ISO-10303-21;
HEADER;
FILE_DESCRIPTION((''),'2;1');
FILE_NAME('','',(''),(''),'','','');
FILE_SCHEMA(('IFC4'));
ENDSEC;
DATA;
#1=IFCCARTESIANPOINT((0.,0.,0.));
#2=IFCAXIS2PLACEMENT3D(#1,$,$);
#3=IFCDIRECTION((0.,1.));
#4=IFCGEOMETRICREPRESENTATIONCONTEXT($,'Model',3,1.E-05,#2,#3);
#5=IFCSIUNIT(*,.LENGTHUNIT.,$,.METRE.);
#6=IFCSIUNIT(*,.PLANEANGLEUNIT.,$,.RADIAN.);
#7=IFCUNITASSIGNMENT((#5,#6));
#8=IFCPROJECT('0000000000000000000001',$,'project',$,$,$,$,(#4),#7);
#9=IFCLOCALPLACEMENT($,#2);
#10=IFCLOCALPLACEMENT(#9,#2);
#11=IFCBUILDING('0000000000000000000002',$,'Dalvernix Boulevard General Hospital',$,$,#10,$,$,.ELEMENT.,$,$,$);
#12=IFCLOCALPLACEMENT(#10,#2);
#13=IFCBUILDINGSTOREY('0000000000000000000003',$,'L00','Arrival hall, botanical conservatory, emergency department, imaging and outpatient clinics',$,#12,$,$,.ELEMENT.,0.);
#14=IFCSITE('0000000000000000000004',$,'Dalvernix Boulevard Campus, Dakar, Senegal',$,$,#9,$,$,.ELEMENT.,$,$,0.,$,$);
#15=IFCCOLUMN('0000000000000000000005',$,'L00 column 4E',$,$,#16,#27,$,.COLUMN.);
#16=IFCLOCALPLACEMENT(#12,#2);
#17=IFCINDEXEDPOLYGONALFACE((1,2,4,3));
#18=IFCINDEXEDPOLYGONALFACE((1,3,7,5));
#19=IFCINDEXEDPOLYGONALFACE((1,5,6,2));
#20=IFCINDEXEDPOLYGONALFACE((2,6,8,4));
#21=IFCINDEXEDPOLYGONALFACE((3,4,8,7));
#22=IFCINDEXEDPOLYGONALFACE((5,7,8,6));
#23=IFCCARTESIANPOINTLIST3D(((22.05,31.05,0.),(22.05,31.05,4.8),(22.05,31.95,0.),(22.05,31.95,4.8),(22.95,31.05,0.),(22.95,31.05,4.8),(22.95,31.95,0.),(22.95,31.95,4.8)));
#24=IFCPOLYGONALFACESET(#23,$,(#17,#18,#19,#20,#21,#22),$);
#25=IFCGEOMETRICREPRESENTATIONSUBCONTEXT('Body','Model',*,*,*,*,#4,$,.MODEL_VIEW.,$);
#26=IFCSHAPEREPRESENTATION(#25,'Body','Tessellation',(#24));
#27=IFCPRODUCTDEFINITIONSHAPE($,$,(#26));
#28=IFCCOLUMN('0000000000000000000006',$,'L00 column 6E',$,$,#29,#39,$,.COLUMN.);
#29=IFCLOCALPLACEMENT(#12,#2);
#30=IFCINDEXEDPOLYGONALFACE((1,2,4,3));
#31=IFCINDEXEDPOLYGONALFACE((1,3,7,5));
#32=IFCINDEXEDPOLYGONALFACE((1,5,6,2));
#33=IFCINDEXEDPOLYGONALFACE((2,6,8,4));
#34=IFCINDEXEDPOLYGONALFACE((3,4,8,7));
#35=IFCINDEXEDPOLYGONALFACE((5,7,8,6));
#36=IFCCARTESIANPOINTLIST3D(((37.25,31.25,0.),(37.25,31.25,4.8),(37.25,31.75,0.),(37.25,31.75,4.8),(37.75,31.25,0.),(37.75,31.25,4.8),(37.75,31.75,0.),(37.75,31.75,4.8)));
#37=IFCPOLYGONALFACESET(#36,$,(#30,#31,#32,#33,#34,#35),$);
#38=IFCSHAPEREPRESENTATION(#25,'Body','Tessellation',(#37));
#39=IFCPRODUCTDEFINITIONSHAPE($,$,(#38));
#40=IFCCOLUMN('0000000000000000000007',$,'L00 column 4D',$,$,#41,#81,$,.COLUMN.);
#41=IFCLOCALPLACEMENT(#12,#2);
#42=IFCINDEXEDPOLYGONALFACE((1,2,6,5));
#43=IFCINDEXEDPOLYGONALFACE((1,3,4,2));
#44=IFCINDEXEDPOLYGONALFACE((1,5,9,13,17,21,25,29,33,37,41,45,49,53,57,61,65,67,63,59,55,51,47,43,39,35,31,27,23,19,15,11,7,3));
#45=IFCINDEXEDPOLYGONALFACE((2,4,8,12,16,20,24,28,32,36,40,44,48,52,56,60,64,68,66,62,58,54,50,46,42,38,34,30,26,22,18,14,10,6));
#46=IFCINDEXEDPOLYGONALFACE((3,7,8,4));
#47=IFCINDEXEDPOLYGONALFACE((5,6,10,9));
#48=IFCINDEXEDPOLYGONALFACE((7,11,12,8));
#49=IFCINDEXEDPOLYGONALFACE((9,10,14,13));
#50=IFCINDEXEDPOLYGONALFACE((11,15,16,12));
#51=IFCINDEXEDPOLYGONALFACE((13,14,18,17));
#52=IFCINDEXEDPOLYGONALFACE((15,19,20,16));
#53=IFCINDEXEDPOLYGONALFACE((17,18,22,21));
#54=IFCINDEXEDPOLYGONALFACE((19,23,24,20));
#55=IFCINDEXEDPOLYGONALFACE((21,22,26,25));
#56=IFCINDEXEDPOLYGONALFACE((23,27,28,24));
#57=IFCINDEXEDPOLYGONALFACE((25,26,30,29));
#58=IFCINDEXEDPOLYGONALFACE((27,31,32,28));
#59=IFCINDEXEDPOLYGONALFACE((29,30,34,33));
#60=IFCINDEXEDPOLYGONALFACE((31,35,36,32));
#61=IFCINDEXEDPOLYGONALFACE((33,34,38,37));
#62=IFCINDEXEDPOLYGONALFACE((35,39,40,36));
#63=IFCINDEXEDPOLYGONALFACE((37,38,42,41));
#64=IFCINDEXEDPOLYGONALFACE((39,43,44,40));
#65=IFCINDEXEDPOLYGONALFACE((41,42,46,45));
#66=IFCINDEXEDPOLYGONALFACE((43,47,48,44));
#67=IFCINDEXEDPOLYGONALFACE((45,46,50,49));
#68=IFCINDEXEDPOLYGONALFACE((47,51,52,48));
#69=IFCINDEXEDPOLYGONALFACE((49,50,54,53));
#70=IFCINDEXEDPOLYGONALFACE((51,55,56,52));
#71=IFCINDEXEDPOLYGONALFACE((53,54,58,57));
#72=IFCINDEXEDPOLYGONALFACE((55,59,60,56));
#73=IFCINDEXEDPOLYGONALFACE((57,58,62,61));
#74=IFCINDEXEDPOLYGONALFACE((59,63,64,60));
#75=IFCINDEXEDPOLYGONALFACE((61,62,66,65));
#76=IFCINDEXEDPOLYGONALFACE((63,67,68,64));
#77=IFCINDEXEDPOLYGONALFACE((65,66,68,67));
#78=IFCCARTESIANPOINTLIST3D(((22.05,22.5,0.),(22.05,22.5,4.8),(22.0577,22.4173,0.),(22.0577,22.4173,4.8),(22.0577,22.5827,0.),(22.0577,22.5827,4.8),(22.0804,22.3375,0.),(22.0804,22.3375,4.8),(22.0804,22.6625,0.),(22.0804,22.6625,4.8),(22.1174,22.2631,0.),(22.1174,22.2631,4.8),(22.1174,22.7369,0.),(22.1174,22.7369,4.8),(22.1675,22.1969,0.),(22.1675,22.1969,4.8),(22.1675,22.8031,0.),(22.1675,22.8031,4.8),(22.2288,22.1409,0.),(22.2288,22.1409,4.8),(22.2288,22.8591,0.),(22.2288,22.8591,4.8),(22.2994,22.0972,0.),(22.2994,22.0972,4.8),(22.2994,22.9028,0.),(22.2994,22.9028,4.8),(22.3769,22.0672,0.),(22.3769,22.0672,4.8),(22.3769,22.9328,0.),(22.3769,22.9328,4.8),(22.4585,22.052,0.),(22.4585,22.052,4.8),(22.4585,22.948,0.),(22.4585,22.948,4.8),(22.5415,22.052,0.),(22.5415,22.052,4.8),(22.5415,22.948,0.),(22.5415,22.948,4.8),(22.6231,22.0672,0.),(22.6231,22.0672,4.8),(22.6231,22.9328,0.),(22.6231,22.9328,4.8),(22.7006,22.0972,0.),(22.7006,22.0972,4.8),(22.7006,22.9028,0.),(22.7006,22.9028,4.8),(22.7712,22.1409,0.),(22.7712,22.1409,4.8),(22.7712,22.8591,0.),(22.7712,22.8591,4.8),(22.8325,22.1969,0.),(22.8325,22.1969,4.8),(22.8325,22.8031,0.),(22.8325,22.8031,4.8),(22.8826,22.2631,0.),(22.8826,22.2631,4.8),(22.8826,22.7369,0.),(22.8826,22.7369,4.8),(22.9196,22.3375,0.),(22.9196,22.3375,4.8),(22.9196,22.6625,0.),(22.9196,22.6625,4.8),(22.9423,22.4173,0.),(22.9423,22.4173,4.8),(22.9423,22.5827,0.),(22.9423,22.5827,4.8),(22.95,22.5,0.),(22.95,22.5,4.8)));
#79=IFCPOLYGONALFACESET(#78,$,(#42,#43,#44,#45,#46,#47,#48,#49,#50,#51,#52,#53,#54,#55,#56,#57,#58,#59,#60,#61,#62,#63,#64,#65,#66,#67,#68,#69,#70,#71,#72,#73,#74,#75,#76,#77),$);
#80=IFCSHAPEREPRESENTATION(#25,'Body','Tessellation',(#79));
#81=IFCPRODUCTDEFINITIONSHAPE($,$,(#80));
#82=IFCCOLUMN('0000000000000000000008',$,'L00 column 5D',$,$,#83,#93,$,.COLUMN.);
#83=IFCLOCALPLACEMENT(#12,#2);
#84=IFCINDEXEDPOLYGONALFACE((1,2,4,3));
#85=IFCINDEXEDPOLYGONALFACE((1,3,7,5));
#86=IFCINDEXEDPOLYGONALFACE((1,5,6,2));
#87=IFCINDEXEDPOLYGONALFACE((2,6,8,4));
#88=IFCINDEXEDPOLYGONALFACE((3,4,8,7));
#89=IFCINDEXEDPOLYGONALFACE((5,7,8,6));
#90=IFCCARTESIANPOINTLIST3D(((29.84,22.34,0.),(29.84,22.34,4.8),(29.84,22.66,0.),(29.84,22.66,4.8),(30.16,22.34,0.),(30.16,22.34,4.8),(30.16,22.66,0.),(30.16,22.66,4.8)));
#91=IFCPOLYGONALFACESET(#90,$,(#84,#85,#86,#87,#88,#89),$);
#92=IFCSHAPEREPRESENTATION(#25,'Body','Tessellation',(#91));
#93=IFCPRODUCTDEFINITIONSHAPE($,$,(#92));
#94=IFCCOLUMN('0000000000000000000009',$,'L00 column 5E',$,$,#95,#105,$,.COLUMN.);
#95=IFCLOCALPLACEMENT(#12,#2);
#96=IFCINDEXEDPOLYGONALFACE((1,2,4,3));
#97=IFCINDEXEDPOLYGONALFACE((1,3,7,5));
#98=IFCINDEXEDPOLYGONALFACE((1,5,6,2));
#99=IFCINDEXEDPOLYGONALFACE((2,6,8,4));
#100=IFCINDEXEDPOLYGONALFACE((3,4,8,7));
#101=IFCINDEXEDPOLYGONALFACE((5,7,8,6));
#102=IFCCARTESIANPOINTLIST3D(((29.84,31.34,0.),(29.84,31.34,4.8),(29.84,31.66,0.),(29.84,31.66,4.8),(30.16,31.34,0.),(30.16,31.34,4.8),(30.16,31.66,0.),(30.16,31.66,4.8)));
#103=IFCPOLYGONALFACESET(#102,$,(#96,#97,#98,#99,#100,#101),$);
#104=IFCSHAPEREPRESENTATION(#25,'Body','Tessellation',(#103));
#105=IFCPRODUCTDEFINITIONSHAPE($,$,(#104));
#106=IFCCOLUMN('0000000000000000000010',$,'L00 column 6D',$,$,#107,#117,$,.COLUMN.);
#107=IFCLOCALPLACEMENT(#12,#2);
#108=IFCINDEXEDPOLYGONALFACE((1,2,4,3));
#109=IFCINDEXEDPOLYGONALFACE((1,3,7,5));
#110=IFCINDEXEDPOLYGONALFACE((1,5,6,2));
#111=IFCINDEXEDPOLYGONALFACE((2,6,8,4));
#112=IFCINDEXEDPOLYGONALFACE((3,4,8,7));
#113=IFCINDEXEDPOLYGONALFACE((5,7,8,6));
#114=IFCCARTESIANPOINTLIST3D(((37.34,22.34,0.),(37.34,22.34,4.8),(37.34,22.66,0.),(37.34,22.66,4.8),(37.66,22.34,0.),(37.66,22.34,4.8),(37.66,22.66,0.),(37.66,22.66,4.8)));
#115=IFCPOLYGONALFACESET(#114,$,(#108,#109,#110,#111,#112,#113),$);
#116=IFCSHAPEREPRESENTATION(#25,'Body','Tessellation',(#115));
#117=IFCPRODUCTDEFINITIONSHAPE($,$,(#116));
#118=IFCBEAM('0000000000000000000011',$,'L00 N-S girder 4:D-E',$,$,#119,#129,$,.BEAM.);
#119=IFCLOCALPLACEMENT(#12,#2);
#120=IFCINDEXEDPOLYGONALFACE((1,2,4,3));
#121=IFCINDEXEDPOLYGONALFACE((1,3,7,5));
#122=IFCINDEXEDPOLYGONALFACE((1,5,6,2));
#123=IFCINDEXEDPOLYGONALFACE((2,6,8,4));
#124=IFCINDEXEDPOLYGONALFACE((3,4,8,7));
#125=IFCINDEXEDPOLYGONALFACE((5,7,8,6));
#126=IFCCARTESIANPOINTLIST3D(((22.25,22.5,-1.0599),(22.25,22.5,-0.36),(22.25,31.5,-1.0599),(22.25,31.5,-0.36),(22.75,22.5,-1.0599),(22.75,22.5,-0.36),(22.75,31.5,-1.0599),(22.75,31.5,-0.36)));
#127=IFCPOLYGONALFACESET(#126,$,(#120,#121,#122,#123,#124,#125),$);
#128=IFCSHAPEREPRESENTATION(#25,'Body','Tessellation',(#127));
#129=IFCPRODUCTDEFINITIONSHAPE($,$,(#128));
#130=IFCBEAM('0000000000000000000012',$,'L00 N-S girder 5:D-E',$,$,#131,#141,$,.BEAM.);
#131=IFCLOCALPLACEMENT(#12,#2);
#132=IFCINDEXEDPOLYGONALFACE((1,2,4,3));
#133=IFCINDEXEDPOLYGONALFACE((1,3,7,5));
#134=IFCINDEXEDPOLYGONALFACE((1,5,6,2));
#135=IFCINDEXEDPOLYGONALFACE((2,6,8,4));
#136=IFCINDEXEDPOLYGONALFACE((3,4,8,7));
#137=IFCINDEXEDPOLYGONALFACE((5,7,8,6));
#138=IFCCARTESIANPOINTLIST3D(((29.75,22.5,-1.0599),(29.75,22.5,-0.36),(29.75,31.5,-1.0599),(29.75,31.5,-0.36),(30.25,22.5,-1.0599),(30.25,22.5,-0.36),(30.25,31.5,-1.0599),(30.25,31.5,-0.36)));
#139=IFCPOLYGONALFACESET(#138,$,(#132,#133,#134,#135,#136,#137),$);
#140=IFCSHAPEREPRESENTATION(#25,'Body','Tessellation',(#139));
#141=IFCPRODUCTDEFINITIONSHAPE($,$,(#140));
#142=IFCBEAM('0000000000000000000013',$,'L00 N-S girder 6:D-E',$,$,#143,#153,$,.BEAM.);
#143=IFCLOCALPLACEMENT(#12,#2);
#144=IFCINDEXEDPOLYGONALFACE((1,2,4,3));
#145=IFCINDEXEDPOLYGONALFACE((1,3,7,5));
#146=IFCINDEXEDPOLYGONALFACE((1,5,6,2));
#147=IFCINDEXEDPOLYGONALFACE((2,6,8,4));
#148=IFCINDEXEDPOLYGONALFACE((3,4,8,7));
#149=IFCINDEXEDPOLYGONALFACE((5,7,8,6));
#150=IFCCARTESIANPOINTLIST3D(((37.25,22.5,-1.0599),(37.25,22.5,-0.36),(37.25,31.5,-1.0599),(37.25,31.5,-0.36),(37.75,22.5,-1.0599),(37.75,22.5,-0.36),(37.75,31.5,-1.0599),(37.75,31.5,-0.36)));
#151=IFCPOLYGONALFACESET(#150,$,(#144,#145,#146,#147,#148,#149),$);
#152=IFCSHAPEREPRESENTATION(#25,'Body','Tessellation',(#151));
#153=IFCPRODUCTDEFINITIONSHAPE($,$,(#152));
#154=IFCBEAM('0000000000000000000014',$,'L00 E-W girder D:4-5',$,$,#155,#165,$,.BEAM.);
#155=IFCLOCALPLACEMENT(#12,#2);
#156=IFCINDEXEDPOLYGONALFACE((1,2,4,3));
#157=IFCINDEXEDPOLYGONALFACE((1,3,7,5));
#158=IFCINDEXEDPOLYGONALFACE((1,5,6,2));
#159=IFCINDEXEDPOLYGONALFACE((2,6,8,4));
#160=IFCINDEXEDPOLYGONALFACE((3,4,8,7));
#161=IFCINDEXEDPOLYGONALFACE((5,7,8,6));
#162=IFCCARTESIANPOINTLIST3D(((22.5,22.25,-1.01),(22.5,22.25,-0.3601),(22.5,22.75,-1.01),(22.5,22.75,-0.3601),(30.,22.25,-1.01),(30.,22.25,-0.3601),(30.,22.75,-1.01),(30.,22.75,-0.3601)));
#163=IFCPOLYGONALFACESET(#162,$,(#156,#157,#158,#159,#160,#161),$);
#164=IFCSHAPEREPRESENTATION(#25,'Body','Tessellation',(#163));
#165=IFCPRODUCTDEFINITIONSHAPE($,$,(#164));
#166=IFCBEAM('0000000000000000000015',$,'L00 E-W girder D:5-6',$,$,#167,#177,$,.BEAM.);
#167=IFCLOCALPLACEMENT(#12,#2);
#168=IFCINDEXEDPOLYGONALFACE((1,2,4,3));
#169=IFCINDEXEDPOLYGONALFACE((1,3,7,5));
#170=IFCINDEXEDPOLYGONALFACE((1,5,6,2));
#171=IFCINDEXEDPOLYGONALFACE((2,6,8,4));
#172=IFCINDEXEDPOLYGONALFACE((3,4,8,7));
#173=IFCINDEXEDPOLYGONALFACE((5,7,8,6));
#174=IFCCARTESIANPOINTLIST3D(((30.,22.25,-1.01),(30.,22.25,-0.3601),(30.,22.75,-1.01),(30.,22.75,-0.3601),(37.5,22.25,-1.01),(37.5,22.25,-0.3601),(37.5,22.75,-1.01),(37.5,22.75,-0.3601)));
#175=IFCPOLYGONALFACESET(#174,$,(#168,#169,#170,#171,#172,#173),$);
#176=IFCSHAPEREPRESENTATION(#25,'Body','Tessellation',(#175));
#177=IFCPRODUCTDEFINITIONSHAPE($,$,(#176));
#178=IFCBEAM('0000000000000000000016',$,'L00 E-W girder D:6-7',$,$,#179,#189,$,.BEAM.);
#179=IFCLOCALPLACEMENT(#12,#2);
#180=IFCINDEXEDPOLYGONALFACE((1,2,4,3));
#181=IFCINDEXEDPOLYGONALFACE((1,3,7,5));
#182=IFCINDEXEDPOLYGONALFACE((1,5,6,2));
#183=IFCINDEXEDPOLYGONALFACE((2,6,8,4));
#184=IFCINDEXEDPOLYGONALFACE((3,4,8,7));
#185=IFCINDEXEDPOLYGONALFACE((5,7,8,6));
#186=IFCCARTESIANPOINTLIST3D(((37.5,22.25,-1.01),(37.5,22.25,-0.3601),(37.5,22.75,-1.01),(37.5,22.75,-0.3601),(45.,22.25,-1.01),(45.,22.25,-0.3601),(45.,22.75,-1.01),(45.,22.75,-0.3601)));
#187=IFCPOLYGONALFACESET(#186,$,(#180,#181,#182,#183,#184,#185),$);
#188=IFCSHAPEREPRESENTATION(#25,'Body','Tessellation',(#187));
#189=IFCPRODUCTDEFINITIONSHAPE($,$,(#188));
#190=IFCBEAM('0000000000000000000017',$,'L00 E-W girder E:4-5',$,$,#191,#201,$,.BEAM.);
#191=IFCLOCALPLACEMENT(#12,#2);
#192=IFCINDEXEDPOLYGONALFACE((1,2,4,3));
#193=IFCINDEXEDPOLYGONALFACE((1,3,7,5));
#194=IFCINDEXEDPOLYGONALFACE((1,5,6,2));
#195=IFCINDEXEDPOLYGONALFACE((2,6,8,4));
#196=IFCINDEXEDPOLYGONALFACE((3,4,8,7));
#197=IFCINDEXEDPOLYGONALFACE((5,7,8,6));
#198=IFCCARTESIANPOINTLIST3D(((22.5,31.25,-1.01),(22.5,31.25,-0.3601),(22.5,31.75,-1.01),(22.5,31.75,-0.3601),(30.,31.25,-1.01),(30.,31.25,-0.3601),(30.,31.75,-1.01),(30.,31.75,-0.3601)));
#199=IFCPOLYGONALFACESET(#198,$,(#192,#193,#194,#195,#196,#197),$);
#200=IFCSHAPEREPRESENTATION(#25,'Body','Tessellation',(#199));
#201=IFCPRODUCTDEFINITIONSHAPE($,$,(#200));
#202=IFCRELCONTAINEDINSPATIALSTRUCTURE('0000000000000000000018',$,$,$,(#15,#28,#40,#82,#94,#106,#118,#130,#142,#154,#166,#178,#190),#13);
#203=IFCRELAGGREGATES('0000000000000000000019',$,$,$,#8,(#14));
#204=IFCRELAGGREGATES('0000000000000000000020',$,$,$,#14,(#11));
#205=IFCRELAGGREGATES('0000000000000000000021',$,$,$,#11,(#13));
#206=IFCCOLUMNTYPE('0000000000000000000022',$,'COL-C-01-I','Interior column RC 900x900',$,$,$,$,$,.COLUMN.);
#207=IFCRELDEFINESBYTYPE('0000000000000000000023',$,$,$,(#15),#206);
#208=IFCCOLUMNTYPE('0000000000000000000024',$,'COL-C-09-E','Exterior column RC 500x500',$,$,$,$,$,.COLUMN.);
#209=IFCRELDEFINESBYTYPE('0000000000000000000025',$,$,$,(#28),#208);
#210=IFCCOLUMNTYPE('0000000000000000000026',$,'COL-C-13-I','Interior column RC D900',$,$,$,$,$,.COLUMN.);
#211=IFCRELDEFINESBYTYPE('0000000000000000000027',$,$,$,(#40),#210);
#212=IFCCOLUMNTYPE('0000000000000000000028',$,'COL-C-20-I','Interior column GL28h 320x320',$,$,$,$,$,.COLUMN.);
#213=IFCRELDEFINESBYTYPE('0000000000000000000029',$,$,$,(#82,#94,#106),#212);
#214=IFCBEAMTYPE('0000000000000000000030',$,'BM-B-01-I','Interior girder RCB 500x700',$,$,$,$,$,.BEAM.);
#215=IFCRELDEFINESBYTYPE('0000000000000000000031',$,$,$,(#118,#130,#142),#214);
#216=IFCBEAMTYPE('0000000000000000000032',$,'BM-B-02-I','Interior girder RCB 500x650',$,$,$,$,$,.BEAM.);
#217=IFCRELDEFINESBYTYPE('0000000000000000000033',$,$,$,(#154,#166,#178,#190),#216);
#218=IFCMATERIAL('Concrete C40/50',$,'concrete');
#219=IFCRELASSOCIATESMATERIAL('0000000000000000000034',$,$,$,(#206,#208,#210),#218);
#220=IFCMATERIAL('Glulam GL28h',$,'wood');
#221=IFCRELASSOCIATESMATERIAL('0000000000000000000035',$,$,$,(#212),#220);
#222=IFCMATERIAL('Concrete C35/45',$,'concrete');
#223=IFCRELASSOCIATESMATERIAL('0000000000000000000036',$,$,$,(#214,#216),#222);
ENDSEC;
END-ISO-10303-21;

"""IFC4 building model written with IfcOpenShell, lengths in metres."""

from ifc_helpers import new_model, si_unit, direction, frame, origin, origin_2d, place, context, subcontext, project, spatial, rectangle, circle, extrude, material, material_profile, profile_set, type_object, element, save


model = new_model("IFC4")

# Units and contexts
model_context = context("Model", 3, precision=1e-05, world=origin(), true_north=direction((0.0, 1.0)))
body_context = subcontext(model_context, "Body", "Model", "MODEL_VIEW")
ifc_project = project(units=[si_unit("LENGTHUNIT", "METRE"), si_unit("PLANEANGLEUNIT", "RADIAN")], contexts=[model_context])

# Site, building, storey
site_placement = place(None, origin())
site = spatial("IfcSite", under=ifc_project, at=site_placement, Name="Dalvernix Boulevard Campus, Dakar, Senegal", CompositionType="ELEMENT", RefElevation=0.0)
building_placement = place(site_placement, origin())
building = spatial("IfcBuilding", under=site, at=building_placement, Name="Dalvernix Boulevard General Hospital", CompositionType="ELEMENT")
storey_placement = place(building_placement, origin())
storey = spatial("IfcBuildingStorey", under=building, at=storey_placement, Name="L00", Description="Arrival hall, botanical conservatory, emergency department, imaging and outpatient clinics", CompositionType="ELEMENT", Elevation=0.0)

# Columns
ifc_material_1 = material(Name="Concrete C40/50", Category="concrete")
ifc_material_profile_1 = material_profile(ifc_material_1, rectangle(XDim=0.8999, YDim=0.8999, at=origin_2d()), Name="RC 900x900")
ifc_profile_set_1 = profile_set([ifc_material_profile_1], Name="Concrete C40/50")
column_type_1 = type_object("IfcColumnType", Name="COL-C-01-I", Description="Interior column RC 900x900", PredefinedType="COLUMN", material=ifc_profile_set_1)
column_1_placement = place(storey_placement, frame((22.5, 31.5, 0.0), z_axis=(0.0, 0.0, 1.0), x_axis=(1.0, 0.0, 0.0)))
element("IfcColumn", 1, at=column_1_placement, inside=storey, type_object=column_type_1, Name="L00 column 4E", PredefinedType="COLUMN", context=body_context, shape_type="SweptSolid", body=[
    extrude(rectangle(XDim=0.8999, YDim=0.8999, at=origin_2d()), origin(), (0.0, 0.0, 1.0), 4.8),
])
ifc_material_profile_2 = material_profile(ifc_material_1, rectangle(XDim=0.5, YDim=0.5, at=origin_2d()), Name="RC 500x500")
ifc_profile_set_2 = profile_set([ifc_material_profile_2], Name="Concrete C40/50")
column_type_2 = type_object("IfcColumnType", Name="COL-C-09-E", Description="Exterior column RC 500x500", PredefinedType="COLUMN", material=ifc_profile_set_2)
column_2_placement = place(storey_placement, frame((37.5, 31.5, 0.0), z_axis=(0.0, 0.0, 1.0), x_axis=(1.0, 0.0, 0.0)))
element("IfcColumn", 2, at=column_2_placement, inside=storey, type_object=column_type_2, Name="L00 column 6E", PredefinedType="COLUMN", context=body_context, shape_type="SweptSolid", body=[
    extrude(rectangle(XDim=0.5, YDim=0.5, at=origin_2d()), origin(), (0.0, 0.0, 1.0), 4.8),
])
ifc_material_profile_3 = material_profile(ifc_material_1, circle(Radius=0.45, at=origin_2d()), Name="RC D900")
ifc_profile_set_3 = profile_set([ifc_material_profile_3], Name="Concrete C40/50")
column_type_3 = type_object("IfcColumnType", Name="COL-C-13-I", Description="Interior column RC D900", PredefinedType="COLUMN", material=ifc_profile_set_3)
column_3_placement = place(storey_placement, frame((22.5, 22.5, 0.0), z_axis=(0.0, 0.0, 1.0), x_axis=(1.0, 0.0, 0.0)))
element("IfcColumn", 3, at=column_3_placement, inside=storey, type_object=column_type_3, Name="L00 column 4D", PredefinedType="COLUMN", context=body_context, shape_type="SweptSolid", body=[
    extrude(circle(Radius=0.45, at=origin_2d()), origin(), (0.0, 0.0, 1.0), 4.8),
])
ifc_material_2 = material(Name="Glulam GL28h", Category="wood")
ifc_material_profile_4 = material_profile(ifc_material_2, rectangle(XDim=0.3201, YDim=0.3201, at=origin_2d()), Name="GL28h 320x320")
ifc_profile_set_4 = profile_set([ifc_material_profile_4], Name="Glulam GL28h")
column_type_4 = type_object("IfcColumnType", Name="COL-C-20-I", Description="Interior column GL28h 320x320", PredefinedType="COLUMN", material=ifc_profile_set_4)
for number, where, z_axis, x_axis, name in (
    (4, (30.0, 22.5, 0.0), (0.0, 0.0, 1.0), (1.0, 0.0, 0.0), "L00 column 5D"),
    (5, (30.0, 31.5, 0.0), (0.0, 0.0, 1.0), (1.0, 0.0, 0.0), "L00 column 5E"),
    (6, (37.5, 22.5, 0.0), (0.0, 0.0, 1.0), (1.0, 0.0, 0.0), "L00 column 6D"),
):
    element("IfcColumn", number, at=place(storey_placement, frame(where, z_axis=z_axis, x_axis=x_axis)), inside=storey, type_object=column_type_4, Name=name, PredefinedType="COLUMN", context=body_context, shape_type="SweptSolid", body=[
        extrude(rectangle(XDim=0.3201, YDim=0.3201, at=origin_2d()), origin(), (0.0, 0.0, 1.0), 4.8),
    ])

# Beams
ifc_material_3 = material(Name="Concrete C35/45", Category="concrete")
ifc_material_profile_5 = material_profile(ifc_material_3, rectangle(XDim=0.5, YDim=0.7, at=origin_2d()), Name="RCB 500x700")
ifc_profile_set_5 = profile_set([ifc_material_profile_5], Name="Concrete C35/45")
beam_type_1 = type_object("IfcBeamType", Name="BM-B-01-I", Description="Interior girder RCB 500x700", PredefinedType="BEAM", material=ifc_profile_set_5)
for number, where, z_axis, x_axis, name in (
    (7, (22.5, 22.5, -0.71), (0.0, 1.0, 0.0), (-1.0, 0.0, 0.0), "L00 N-S girder 4:D-E"),
    (8, (30.0, 22.5, -0.71), (0.0, 1.0, 0.0), (-1.0, 0.0, 0.0), "L00 N-S girder 5:D-E"),
    (9, (37.5, 22.5, -0.71), (0.0, 1.0, 0.0), (-1.0, 0.0, 0.0), "L00 N-S girder 6:D-E"),
):
    element("IfcBeam", number, at=place(storey_placement, frame(where, z_axis=z_axis, x_axis=x_axis)), inside=storey, type_object=beam_type_1, Name=name, PredefinedType="BEAM", context=body_context, shape_type="SweptSolid", body=[
        extrude(rectangle(XDim=0.5, YDim=0.7, at=origin_2d()), origin(), (0.0, 0.0, 1.0), 9.0),
    ])
ifc_material_profile_6 = material_profile(ifc_material_3, rectangle(XDim=0.5, YDim=0.6499, at=origin_2d()), Name="RCB 500x650")
ifc_profile_set_6 = profile_set([ifc_material_profile_6], Name="Concrete C35/45")
beam_type_2 = type_object("IfcBeamType", Name="BM-B-02-I", Description="Interior girder RCB 500x650", PredefinedType="BEAM", material=ifc_profile_set_6)
for number, where, z_axis, x_axis, name in (
    (10, (22.5, 22.5, -0.6851), (1.0, 0.0, 0.0), (0.0, 1.0, 0.0), "L00 E-W girder D:4-5"),
    (11, (30.0, 22.5, -0.6851), (1.0, 0.0, 0.0), (0.0, 1.0, 0.0), "L00 E-W girder D:5-6"),
    (12, (37.5, 22.5, -0.6851), (1.0, 0.0, 0.0), (0.0, 1.0, 0.0), "L00 E-W girder D:6-7"),
    (13, (22.5, 31.5, -0.6851), (1.0, 0.0, 0.0), (0.0, 1.0, 0.0), "L00 E-W girder E:4-5"),
):
    element("IfcBeam", number, at=place(storey_placement, frame(where, z_axis=z_axis, x_axis=x_axis)), inside=storey, type_object=beam_type_2, Name=name, PredefinedType="BEAM", context=body_context, shape_type="SweptSolid", body=[
        extrude(rectangle(XDim=0.5, YDim=0.6499, at=origin_2d()), origin(), (0.0, 0.0, 1.0), 7.5),
    ])

save(model, "model.ifc")
